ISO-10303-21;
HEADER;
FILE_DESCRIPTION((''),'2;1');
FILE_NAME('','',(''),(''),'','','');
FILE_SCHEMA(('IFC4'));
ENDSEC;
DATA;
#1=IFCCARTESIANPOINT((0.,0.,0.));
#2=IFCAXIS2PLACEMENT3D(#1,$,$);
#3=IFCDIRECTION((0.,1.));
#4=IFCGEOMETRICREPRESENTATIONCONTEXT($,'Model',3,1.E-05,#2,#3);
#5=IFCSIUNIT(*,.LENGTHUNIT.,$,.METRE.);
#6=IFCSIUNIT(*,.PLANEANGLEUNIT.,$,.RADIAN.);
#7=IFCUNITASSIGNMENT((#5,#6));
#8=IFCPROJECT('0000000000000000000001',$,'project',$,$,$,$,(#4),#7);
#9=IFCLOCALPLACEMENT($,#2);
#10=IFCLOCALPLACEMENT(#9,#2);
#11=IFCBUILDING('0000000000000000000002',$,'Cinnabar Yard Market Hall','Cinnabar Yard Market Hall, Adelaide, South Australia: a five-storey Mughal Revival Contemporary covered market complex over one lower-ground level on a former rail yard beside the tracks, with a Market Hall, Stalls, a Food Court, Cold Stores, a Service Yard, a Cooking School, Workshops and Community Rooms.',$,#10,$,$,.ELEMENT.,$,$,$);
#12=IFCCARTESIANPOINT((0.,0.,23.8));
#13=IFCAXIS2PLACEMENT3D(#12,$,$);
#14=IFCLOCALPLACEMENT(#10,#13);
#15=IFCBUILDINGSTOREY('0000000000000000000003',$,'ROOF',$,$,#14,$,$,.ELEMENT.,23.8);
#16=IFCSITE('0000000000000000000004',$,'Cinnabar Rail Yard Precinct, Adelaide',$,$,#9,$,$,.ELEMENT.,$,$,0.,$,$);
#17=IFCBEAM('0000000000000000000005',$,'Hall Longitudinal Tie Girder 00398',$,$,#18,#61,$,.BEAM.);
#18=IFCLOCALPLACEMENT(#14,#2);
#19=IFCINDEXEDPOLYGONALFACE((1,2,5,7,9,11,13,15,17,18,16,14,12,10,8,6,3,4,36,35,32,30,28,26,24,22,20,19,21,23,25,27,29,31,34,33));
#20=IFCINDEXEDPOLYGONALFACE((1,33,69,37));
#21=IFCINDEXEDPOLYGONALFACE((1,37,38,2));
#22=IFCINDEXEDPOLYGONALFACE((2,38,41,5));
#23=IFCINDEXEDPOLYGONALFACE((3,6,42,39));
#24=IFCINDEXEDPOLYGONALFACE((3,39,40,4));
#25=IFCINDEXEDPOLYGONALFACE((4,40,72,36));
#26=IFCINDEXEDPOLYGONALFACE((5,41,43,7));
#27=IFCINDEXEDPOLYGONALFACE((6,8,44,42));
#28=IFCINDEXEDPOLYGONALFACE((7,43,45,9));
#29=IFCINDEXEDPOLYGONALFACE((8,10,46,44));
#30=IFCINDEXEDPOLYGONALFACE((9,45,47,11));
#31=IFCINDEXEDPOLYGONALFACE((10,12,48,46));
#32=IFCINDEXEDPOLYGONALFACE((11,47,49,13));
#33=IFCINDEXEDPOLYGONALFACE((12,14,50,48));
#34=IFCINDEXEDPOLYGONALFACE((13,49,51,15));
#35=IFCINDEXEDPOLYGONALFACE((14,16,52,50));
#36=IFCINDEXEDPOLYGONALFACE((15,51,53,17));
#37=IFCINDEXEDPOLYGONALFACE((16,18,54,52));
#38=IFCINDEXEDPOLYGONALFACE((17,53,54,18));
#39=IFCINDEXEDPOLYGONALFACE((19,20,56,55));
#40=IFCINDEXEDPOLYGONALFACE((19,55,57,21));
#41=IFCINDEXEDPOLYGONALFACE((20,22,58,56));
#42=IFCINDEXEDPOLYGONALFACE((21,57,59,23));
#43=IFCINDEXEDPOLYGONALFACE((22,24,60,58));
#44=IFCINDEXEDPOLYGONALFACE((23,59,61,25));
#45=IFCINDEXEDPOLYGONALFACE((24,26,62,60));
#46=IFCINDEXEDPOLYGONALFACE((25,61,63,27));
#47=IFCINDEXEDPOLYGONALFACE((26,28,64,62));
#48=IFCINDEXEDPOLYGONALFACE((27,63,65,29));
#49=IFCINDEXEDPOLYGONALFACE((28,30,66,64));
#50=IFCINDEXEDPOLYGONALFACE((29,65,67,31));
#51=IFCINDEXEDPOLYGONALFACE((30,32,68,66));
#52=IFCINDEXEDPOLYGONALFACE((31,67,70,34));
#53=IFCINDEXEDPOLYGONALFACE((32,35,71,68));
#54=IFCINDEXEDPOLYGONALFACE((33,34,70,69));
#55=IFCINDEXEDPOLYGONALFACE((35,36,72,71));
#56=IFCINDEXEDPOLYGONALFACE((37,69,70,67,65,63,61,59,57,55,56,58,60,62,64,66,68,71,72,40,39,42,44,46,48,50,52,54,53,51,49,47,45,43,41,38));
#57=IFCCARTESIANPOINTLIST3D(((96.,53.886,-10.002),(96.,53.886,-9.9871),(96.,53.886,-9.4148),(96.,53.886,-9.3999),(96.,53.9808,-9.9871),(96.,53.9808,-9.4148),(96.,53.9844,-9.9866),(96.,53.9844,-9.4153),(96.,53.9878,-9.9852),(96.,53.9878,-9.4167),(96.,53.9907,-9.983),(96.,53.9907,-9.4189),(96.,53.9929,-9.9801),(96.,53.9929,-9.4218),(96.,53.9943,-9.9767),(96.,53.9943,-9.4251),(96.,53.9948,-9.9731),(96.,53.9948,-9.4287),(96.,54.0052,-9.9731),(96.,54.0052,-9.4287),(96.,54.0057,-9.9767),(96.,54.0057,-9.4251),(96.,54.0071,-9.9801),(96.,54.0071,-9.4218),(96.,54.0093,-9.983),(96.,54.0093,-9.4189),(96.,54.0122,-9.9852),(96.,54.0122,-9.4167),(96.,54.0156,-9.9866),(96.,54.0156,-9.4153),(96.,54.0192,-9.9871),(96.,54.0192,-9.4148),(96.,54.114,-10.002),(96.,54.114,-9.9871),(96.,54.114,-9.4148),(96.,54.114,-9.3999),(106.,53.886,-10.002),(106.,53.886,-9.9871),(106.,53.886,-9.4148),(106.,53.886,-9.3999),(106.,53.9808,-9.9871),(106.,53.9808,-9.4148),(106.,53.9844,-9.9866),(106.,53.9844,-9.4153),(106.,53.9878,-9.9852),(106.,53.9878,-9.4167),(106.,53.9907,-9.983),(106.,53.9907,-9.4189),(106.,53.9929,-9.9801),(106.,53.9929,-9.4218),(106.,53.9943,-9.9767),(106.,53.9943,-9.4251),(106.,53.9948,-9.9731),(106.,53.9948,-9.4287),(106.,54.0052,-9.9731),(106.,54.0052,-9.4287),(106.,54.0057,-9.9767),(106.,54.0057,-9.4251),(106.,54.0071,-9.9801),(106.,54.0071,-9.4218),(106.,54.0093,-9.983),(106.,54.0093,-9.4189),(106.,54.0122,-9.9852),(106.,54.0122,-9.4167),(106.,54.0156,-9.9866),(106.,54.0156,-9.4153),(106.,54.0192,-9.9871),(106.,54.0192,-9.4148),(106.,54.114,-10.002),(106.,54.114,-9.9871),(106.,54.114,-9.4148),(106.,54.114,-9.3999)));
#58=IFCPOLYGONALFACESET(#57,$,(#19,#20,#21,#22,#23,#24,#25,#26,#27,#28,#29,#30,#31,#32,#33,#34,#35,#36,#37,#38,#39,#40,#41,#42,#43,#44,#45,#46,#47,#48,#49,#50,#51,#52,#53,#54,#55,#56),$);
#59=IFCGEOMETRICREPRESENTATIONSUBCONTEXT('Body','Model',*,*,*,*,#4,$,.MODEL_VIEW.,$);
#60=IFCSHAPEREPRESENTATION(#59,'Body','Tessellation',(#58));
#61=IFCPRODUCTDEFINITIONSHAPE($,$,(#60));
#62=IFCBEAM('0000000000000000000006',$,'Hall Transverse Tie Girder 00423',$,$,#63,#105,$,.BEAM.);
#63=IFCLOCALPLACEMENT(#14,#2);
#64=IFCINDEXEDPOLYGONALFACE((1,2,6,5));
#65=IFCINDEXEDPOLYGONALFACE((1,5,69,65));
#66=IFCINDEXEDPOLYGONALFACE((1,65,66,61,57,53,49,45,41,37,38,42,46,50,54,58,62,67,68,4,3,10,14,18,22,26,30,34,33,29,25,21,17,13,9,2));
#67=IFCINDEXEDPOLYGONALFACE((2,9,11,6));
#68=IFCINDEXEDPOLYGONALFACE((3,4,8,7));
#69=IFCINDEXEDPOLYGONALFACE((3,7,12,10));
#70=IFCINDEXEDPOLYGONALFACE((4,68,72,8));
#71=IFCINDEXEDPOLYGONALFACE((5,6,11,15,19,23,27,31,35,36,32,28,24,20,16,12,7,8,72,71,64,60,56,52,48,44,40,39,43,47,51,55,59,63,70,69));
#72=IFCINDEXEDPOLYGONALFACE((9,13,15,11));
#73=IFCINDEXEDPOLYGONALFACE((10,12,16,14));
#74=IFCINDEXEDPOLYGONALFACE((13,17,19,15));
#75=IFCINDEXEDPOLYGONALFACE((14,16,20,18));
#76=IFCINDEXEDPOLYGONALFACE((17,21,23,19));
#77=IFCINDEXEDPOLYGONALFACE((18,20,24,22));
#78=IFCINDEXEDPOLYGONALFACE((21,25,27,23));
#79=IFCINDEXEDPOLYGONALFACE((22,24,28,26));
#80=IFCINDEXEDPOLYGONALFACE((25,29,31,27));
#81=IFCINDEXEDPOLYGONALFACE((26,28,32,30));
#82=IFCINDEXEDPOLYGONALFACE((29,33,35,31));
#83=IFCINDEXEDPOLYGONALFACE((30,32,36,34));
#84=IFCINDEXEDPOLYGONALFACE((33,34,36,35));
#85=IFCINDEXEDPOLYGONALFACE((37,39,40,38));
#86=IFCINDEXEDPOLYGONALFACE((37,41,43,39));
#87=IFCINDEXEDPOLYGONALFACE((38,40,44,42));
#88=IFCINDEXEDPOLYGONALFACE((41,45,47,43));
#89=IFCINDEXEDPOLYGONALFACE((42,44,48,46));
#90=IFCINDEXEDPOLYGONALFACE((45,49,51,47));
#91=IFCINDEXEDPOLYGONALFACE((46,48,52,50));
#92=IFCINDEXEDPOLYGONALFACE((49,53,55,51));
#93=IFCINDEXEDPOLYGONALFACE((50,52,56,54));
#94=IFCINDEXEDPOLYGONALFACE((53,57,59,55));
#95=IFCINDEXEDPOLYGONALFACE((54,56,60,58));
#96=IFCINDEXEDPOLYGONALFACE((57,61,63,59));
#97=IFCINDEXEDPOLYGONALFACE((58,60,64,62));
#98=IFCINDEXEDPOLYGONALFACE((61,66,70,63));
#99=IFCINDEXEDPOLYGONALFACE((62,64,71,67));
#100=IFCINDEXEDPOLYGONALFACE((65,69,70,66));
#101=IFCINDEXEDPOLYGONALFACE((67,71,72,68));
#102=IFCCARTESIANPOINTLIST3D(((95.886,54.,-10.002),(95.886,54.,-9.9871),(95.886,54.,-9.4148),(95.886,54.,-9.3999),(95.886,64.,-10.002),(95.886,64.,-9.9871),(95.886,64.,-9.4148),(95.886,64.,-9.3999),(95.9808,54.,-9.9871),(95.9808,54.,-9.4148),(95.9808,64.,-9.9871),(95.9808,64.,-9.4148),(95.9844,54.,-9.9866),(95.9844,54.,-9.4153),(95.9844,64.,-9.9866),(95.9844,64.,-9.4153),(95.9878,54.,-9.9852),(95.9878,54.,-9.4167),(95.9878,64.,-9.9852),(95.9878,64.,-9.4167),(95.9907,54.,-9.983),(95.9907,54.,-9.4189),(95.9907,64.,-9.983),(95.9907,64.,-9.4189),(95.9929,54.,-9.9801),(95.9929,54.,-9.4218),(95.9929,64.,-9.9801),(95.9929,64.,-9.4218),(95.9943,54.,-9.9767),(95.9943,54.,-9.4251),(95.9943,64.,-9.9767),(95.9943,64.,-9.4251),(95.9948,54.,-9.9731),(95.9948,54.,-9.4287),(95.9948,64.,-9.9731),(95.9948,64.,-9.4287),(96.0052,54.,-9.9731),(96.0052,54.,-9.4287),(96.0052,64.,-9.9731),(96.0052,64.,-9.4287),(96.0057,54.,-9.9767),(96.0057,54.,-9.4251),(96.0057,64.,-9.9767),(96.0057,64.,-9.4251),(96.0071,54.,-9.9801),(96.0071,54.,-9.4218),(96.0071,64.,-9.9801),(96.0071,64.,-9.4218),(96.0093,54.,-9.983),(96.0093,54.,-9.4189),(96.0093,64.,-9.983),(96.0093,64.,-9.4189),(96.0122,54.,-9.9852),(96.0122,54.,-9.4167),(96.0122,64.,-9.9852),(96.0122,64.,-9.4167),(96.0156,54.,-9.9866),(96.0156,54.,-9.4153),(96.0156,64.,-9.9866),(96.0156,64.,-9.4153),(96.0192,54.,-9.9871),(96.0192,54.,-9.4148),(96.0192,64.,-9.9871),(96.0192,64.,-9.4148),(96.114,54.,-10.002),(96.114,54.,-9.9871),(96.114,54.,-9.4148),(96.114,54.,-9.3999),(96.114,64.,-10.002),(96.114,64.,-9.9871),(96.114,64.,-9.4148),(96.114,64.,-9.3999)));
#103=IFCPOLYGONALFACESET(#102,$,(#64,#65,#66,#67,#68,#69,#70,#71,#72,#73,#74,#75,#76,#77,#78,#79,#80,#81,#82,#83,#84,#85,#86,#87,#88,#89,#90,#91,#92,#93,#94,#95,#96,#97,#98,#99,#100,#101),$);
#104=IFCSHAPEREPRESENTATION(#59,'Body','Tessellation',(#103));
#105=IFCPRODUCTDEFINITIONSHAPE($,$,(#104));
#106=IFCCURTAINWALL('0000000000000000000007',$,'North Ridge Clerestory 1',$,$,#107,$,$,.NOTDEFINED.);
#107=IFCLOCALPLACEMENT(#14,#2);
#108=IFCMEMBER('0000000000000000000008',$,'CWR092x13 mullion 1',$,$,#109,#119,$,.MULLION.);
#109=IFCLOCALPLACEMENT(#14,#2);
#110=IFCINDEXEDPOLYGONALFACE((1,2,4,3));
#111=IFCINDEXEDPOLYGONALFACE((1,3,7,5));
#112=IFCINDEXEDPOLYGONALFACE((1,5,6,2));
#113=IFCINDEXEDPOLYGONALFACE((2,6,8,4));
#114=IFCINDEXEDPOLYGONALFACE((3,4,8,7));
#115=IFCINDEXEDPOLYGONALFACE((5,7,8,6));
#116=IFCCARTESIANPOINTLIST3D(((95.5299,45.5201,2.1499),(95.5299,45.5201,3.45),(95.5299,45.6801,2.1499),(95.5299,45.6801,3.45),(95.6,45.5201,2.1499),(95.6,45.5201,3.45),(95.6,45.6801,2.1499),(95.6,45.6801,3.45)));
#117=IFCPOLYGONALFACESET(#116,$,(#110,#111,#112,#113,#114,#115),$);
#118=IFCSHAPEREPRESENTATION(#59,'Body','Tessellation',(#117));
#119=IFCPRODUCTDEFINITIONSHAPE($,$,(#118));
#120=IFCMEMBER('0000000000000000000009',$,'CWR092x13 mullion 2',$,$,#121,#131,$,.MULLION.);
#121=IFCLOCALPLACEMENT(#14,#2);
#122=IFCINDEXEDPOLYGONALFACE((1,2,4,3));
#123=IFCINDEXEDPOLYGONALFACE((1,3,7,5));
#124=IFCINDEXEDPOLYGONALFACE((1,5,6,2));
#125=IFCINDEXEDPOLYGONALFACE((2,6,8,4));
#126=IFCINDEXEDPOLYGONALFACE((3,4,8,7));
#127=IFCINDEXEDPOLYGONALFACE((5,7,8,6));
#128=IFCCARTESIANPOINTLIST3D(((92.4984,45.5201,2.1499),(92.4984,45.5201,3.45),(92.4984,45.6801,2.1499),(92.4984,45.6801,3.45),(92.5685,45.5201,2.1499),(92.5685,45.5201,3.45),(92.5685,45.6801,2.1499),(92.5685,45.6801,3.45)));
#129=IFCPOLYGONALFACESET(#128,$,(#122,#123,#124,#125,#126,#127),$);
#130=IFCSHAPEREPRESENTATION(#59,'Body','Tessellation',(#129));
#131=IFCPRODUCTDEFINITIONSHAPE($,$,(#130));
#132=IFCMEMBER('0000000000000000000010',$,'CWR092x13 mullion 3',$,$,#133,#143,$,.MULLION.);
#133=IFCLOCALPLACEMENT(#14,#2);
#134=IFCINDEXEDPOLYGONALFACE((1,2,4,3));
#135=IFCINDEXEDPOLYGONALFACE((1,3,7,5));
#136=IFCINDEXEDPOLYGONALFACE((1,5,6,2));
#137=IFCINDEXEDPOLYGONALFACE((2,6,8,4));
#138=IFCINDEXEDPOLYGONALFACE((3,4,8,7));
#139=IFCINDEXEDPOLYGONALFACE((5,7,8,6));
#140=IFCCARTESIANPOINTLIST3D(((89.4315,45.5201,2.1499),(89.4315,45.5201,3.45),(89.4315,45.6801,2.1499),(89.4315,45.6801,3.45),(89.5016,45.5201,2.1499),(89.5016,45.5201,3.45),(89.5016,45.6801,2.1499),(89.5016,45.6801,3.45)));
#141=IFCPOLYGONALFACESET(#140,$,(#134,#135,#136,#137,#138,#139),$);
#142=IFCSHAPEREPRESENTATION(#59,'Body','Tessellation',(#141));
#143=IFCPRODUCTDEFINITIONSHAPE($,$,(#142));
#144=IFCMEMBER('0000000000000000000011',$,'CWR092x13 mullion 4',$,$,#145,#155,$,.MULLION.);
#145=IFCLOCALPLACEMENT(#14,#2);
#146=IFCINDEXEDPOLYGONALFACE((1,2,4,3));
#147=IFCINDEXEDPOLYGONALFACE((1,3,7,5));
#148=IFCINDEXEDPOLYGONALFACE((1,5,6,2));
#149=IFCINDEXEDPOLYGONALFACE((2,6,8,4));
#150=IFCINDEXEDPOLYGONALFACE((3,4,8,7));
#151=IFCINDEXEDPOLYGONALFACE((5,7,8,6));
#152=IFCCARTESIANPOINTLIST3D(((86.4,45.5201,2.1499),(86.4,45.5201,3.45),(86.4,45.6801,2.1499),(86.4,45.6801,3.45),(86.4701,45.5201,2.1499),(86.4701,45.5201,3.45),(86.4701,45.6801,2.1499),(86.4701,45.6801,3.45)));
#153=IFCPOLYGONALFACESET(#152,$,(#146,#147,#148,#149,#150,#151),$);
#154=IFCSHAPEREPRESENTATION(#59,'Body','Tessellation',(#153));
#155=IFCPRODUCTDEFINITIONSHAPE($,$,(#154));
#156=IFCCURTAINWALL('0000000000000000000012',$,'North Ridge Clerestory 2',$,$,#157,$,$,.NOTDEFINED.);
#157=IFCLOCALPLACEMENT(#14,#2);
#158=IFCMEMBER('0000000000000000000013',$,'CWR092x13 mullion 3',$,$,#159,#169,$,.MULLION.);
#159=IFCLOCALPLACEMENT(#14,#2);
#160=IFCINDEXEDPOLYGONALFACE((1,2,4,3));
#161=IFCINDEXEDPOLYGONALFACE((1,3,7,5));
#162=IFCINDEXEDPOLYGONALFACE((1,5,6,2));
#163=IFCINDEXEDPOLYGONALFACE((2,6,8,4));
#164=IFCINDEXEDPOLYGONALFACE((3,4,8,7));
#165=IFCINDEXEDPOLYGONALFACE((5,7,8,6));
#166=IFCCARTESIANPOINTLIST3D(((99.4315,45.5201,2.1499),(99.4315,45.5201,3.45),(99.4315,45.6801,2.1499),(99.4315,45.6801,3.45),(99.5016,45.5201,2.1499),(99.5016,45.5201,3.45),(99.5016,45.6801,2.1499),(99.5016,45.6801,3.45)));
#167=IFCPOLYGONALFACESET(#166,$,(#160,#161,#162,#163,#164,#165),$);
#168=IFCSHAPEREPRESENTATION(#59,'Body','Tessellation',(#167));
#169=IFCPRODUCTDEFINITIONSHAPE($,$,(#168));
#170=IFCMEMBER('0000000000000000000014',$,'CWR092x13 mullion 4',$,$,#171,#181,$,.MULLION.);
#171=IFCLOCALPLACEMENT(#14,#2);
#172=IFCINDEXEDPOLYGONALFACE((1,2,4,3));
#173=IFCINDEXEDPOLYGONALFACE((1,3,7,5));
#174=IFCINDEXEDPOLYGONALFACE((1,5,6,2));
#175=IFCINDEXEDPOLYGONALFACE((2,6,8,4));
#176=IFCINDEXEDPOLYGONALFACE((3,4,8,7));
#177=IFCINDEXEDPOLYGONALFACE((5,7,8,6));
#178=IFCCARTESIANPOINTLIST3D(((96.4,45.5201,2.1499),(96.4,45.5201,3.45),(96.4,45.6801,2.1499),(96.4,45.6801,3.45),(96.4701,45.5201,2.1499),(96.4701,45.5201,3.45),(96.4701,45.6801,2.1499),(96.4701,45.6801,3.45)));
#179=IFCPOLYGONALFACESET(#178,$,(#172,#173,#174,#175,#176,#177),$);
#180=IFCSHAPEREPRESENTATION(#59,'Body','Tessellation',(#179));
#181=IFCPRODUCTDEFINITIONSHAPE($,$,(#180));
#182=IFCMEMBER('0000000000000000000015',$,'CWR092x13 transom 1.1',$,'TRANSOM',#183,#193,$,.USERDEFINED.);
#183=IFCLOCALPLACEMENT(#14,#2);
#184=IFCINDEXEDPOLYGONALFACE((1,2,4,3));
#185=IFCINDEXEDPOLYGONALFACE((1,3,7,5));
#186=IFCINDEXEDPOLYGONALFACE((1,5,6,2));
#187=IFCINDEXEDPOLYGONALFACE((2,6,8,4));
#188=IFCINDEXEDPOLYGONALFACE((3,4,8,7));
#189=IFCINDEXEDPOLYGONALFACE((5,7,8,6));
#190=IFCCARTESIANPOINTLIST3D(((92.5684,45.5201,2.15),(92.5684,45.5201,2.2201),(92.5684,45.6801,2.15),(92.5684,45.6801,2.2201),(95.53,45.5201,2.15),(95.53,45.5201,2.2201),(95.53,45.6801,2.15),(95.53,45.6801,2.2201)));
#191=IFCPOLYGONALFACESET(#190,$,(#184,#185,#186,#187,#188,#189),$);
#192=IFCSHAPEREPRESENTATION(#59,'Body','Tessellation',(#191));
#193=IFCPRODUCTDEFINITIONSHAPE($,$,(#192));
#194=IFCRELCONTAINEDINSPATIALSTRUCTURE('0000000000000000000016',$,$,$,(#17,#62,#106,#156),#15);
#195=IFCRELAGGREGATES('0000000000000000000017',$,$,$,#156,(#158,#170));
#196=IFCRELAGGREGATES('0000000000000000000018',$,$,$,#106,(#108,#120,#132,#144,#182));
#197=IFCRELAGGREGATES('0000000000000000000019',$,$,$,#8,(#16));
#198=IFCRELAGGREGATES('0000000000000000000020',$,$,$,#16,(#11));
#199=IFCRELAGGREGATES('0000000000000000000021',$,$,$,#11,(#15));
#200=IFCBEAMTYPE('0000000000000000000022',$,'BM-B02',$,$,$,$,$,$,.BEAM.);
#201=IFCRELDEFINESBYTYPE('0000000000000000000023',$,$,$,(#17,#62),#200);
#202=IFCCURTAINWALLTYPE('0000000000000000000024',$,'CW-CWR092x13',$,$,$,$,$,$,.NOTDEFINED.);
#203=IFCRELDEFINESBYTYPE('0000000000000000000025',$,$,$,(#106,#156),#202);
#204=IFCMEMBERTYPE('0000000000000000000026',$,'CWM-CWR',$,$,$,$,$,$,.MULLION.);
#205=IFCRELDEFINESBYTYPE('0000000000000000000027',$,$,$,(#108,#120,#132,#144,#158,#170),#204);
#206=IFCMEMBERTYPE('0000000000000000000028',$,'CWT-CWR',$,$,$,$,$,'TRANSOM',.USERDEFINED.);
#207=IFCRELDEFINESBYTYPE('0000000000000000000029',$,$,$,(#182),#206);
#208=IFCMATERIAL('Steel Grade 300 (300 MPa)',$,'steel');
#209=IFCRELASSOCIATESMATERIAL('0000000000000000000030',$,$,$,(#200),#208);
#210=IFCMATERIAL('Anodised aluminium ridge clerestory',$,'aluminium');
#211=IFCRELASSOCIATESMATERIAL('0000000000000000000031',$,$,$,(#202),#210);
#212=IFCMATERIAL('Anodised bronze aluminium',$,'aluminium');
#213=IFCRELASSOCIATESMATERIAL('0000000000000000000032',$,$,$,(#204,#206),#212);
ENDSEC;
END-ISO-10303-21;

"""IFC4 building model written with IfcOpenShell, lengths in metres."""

from ifc_helpers import new_model, si_unit, direction, frame, origin, origin_2d_with_axis, place, context, subcontext, project, spatial, rectangle, i_section, extrude, material, material_profile, profile_set, type_object, element, aggregate, save


model = new_model("IFC4")

# Units and contexts
model_context = context("Model", 3, precision=1e-05, world=origin(), true_north=direction((0.0, 1.0)))
body_context = subcontext(model_context, "Body", "Model", "MODEL_VIEW")
ifc_project = project(units=[si_unit("LENGTHUNIT", "METRE"), si_unit("PLANEANGLEUNIT", "RADIAN")], contexts=[model_context])

# Site, building, storey
site_placement = place(None, origin())
site = spatial("IfcSite", under=ifc_project, at=site_placement, Name="Cinnabar Rail Yard Precinct, Adelaide", CompositionType="ELEMENT", RefElevation=0.0)
building_placement = place(site_placement, origin())
building = spatial("IfcBuilding", under=site, at=building_placement, Name="Cinnabar Yard Market Hall", Description="Cinnabar Yard Market Hall, Adelaide, South Australia: a five-storey Mughal Revival Contemporary covered market complex over one lower-ground level on a former rail yard beside the tracks, with a Market Hall, Stalls, a Food Court, Cold Stores, a Service Yard, a Cooking School, Workshops and Community Rooms.", CompositionType="ELEMENT")
storey_placement = place(building_placement, frame((0.0, 0.0, 23.8)))
storey = spatial("IfcBuildingStorey", under=building, at=storey_placement, Name="ROOF", CompositionType="ELEMENT", Elevation=23.8)

# Beams
ifc_material_1 = material(Name="Steel Grade 300 (300 MPa)", Category="steel")
ifc_material_profile_1 = material_profile(ifc_material_1, i_section(OverallWidth=0.228, OverallDepth=0.6021, WebThickness=0.0105, FlangeThickness=0.0149, FilletRadius=0.0139, at=origin_2d_with_axis()), Name="610UB101")
ifc_profile_set_1 = profile_set([ifc_material_profile_1], Name="Steel Grade 300 (300 MPa)")
beam_type = type_object("IfcBeamType", Name="BM-B02", PredefinedType="BEAM", material=ifc_profile_set_1)
for number, where, z_axis, x_axis, name in (
    (1, (96.0, 54.0, -9.7009), (1.0, 0.0, 0.0), (0.0, 1.0, 0.0), "Hall Longitudinal Tie Girder 00398"),
    (2, (96.0, 54.0, -9.7009), (0.0, 1.0, 0.0), (-1.0, 0.0, 0.0), "Hall Transverse Tie Girder 00423"),
):
    element("IfcBeam", number, at=place(storey_placement, frame(where, z_axis=z_axis, x_axis=x_axis)), inside=storey, type_object=beam_type, Name=name, PredefinedType="BEAM", context=body_context, shape_type="SweptSolid", body=[
        extrude(i_section(OverallWidth=0.228, OverallDepth=0.6021, WebThickness=0.0105, FlangeThickness=0.0149, FilletRadius=0.0139, at=origin_2d_with_axis()), origin(), (0.0, 0.0, 1.0), 10.0),
    ])

# Curtain walls, members
ifc_material_2 = material(Name="Anodised aluminium ridge clerestory", Category="aluminium")
curtain_wall_type = type_object("IfcCurtainWallType", Name="CW-CWR092x13", PredefinedType="NOTDEFINED", material=ifc_material_2)
curtain_wall_1_placement = place(storey_placement, origin())
curtain_wall_1 = element("IfcCurtainWall", 3, at=curtain_wall_1_placement, inside=storey, type_object=curtain_wall_type, Name="North Ridge Clerestory 1", PredefinedType="NOTDEFINED")
ifc_material_3 = material(Name="Anodised bronze aluminium", Category="aluminium")
ifc_material_profile_2 = material_profile(ifc_material_3, rectangle(XDim=0.1599, YDim=0.0701, at=origin_2d_with_axis()), Name="MUL-CWR")
ifc_profile_set_2 = profile_set([ifc_material_profile_2], Name="Anodised bronze aluminium")
member_type_1 = type_object("IfcMemberType", Name="CWM-CWR", PredefinedType="MULLION", material=ifc_profile_set_2)
member_1_placement = place(storey_placement, frame((95.5649, 45.6001, 2.1499), z_axis=(0.0, 0.0, 1.0), x_axis=(0.0, -1.0, 0.0)))
member_1 = element("IfcMember", 4, at=member_1_placement, type_object=member_type_1, Name="CWR092x13 mullion 1", PredefinedType="MULLION", context=body_context, shape_type="SweptSolid", body=[
    extrude(rectangle(XDim=0.1599, YDim=0.0701, at=origin_2d_with_axis()), origin(), (0.0, 0.0, 1.0), 1.3),
])
member_2_placement = place(storey_placement, frame((92.5334, 45.6001, 2.1499), z_axis=(0.0, 0.0, 1.0), x_axis=(0.0, -1.0, 0.0)))
member_2 = element("IfcMember", 5, at=member_2_placement, type_object=member_type_1, Name="CWR092x13 mullion 2", PredefinedType="MULLION", context=body_context, shape_type="SweptSolid", body=[
    extrude(rectangle(XDim=0.1599, YDim=0.0701, at=origin_2d_with_axis()), origin(), (0.0, 0.0, 1.0), 1.3),
])
member_3_placement = place(storey_placement, frame((89.4666, 45.6001, 2.1499), z_axis=(0.0, 0.0, 1.0), x_axis=(0.0, -1.0, 0.0)))
member_3 = element("IfcMember", 6, at=member_3_placement, type_object=member_type_1, Name="CWR092x13 mullion 3", PredefinedType="MULLION", context=body_context, shape_type="SweptSolid", body=[
    extrude(rectangle(XDim=0.1599, YDim=0.0701, at=origin_2d_with_axis()), origin(), (0.0, 0.0, 1.0), 1.3),
])
member_4_placement = place(storey_placement, frame((86.4351, 45.6001, 2.1499), z_axis=(0.0, 0.0, 1.0), x_axis=(0.0, -1.0, 0.0)))
member_4 = element("IfcMember", 7, at=member_4_placement, type_object=member_type_1, Name="CWR092x13 mullion 4", PredefinedType="MULLION", context=body_context, shape_type="SweptSolid", body=[
    extrude(rectangle(XDim=0.1599, YDim=0.0701, at=origin_2d_with_axis()), origin(), (0.0, 0.0, 1.0), 1.3),
])
curtain_wall_2_placement = place(storey_placement, origin())
curtain_wall_2 = element("IfcCurtainWall", 8, at=curtain_wall_2_placement, inside=storey, type_object=curtain_wall_type, Name="North Ridge Clerestory 2", PredefinedType="NOTDEFINED")
member_5_placement = place(storey_placement, frame((99.4666, 45.6001, 2.1499), z_axis=(0.0, 0.0, 1.0), x_axis=(0.0, -1.0, 0.0)))
member_5 = element("IfcMember", 9, at=member_5_placement, type_object=member_type_1, Name="CWR092x13 mullion 3", PredefinedType="MULLION", context=body_context, shape_type="SweptSolid", body=[
    extrude(rectangle(XDim=0.1599, YDim=0.0701, at=origin_2d_with_axis()), origin(), (0.0, 0.0, 1.0), 1.3),
])
member_6_placement = place(storey_placement, frame((96.4351, 45.6001, 2.1499), z_axis=(0.0, 0.0, 1.0), x_axis=(0.0, -1.0, 0.0)))
member_6 = element("IfcMember", 10, at=member_6_placement, type_object=member_type_1, Name="CWR092x13 mullion 4", PredefinedType="MULLION", context=body_context, shape_type="SweptSolid", body=[
    extrude(rectangle(XDim=0.1599, YDim=0.0701, at=origin_2d_with_axis()), origin(), (0.0, 0.0, 1.0), 1.3),
])

# Member
ifc_material_profile_3 = material_profile(ifc_material_3, rectangle(XDim=0.1599, YDim=0.0701, at=origin_2d_with_axis()), Name="TRN-CWR")
ifc_profile_set_3 = profile_set([ifc_material_profile_3], Name="Anodised bronze aluminium")
member_type_2 = type_object("IfcMemberType", Name="CWT-CWR", ElementType="TRANSOM", PredefinedType="USERDEFINED", material=ifc_profile_set_3)
member_7_placement = place(storey_placement, frame((95.53, 45.6001, 2.1851), z_axis=(-1.0, 0.0, 0.0), x_axis=(0.0, -1.0, 0.0)))
member_7 = element("IfcMember", 11, at=member_7_placement, type_object=member_type_2, Name="CWR092x13 transom 1.1", ObjectType="TRANSOM", PredefinedType="USERDEFINED", context=body_context, shape_type="SweptSolid", body=[
    extrude(rectangle(XDim=0.1599, YDim=0.0701, at=origin_2d_with_axis()), origin(), (0.0, 0.0, 1.0), 2.9617),
])

aggregate(curtain_wall_2, [member_5, member_6])
aggregate(curtain_wall_1, [member_1, member_2, member_3, member_4, member_7])

save(model, "model.ifc")
